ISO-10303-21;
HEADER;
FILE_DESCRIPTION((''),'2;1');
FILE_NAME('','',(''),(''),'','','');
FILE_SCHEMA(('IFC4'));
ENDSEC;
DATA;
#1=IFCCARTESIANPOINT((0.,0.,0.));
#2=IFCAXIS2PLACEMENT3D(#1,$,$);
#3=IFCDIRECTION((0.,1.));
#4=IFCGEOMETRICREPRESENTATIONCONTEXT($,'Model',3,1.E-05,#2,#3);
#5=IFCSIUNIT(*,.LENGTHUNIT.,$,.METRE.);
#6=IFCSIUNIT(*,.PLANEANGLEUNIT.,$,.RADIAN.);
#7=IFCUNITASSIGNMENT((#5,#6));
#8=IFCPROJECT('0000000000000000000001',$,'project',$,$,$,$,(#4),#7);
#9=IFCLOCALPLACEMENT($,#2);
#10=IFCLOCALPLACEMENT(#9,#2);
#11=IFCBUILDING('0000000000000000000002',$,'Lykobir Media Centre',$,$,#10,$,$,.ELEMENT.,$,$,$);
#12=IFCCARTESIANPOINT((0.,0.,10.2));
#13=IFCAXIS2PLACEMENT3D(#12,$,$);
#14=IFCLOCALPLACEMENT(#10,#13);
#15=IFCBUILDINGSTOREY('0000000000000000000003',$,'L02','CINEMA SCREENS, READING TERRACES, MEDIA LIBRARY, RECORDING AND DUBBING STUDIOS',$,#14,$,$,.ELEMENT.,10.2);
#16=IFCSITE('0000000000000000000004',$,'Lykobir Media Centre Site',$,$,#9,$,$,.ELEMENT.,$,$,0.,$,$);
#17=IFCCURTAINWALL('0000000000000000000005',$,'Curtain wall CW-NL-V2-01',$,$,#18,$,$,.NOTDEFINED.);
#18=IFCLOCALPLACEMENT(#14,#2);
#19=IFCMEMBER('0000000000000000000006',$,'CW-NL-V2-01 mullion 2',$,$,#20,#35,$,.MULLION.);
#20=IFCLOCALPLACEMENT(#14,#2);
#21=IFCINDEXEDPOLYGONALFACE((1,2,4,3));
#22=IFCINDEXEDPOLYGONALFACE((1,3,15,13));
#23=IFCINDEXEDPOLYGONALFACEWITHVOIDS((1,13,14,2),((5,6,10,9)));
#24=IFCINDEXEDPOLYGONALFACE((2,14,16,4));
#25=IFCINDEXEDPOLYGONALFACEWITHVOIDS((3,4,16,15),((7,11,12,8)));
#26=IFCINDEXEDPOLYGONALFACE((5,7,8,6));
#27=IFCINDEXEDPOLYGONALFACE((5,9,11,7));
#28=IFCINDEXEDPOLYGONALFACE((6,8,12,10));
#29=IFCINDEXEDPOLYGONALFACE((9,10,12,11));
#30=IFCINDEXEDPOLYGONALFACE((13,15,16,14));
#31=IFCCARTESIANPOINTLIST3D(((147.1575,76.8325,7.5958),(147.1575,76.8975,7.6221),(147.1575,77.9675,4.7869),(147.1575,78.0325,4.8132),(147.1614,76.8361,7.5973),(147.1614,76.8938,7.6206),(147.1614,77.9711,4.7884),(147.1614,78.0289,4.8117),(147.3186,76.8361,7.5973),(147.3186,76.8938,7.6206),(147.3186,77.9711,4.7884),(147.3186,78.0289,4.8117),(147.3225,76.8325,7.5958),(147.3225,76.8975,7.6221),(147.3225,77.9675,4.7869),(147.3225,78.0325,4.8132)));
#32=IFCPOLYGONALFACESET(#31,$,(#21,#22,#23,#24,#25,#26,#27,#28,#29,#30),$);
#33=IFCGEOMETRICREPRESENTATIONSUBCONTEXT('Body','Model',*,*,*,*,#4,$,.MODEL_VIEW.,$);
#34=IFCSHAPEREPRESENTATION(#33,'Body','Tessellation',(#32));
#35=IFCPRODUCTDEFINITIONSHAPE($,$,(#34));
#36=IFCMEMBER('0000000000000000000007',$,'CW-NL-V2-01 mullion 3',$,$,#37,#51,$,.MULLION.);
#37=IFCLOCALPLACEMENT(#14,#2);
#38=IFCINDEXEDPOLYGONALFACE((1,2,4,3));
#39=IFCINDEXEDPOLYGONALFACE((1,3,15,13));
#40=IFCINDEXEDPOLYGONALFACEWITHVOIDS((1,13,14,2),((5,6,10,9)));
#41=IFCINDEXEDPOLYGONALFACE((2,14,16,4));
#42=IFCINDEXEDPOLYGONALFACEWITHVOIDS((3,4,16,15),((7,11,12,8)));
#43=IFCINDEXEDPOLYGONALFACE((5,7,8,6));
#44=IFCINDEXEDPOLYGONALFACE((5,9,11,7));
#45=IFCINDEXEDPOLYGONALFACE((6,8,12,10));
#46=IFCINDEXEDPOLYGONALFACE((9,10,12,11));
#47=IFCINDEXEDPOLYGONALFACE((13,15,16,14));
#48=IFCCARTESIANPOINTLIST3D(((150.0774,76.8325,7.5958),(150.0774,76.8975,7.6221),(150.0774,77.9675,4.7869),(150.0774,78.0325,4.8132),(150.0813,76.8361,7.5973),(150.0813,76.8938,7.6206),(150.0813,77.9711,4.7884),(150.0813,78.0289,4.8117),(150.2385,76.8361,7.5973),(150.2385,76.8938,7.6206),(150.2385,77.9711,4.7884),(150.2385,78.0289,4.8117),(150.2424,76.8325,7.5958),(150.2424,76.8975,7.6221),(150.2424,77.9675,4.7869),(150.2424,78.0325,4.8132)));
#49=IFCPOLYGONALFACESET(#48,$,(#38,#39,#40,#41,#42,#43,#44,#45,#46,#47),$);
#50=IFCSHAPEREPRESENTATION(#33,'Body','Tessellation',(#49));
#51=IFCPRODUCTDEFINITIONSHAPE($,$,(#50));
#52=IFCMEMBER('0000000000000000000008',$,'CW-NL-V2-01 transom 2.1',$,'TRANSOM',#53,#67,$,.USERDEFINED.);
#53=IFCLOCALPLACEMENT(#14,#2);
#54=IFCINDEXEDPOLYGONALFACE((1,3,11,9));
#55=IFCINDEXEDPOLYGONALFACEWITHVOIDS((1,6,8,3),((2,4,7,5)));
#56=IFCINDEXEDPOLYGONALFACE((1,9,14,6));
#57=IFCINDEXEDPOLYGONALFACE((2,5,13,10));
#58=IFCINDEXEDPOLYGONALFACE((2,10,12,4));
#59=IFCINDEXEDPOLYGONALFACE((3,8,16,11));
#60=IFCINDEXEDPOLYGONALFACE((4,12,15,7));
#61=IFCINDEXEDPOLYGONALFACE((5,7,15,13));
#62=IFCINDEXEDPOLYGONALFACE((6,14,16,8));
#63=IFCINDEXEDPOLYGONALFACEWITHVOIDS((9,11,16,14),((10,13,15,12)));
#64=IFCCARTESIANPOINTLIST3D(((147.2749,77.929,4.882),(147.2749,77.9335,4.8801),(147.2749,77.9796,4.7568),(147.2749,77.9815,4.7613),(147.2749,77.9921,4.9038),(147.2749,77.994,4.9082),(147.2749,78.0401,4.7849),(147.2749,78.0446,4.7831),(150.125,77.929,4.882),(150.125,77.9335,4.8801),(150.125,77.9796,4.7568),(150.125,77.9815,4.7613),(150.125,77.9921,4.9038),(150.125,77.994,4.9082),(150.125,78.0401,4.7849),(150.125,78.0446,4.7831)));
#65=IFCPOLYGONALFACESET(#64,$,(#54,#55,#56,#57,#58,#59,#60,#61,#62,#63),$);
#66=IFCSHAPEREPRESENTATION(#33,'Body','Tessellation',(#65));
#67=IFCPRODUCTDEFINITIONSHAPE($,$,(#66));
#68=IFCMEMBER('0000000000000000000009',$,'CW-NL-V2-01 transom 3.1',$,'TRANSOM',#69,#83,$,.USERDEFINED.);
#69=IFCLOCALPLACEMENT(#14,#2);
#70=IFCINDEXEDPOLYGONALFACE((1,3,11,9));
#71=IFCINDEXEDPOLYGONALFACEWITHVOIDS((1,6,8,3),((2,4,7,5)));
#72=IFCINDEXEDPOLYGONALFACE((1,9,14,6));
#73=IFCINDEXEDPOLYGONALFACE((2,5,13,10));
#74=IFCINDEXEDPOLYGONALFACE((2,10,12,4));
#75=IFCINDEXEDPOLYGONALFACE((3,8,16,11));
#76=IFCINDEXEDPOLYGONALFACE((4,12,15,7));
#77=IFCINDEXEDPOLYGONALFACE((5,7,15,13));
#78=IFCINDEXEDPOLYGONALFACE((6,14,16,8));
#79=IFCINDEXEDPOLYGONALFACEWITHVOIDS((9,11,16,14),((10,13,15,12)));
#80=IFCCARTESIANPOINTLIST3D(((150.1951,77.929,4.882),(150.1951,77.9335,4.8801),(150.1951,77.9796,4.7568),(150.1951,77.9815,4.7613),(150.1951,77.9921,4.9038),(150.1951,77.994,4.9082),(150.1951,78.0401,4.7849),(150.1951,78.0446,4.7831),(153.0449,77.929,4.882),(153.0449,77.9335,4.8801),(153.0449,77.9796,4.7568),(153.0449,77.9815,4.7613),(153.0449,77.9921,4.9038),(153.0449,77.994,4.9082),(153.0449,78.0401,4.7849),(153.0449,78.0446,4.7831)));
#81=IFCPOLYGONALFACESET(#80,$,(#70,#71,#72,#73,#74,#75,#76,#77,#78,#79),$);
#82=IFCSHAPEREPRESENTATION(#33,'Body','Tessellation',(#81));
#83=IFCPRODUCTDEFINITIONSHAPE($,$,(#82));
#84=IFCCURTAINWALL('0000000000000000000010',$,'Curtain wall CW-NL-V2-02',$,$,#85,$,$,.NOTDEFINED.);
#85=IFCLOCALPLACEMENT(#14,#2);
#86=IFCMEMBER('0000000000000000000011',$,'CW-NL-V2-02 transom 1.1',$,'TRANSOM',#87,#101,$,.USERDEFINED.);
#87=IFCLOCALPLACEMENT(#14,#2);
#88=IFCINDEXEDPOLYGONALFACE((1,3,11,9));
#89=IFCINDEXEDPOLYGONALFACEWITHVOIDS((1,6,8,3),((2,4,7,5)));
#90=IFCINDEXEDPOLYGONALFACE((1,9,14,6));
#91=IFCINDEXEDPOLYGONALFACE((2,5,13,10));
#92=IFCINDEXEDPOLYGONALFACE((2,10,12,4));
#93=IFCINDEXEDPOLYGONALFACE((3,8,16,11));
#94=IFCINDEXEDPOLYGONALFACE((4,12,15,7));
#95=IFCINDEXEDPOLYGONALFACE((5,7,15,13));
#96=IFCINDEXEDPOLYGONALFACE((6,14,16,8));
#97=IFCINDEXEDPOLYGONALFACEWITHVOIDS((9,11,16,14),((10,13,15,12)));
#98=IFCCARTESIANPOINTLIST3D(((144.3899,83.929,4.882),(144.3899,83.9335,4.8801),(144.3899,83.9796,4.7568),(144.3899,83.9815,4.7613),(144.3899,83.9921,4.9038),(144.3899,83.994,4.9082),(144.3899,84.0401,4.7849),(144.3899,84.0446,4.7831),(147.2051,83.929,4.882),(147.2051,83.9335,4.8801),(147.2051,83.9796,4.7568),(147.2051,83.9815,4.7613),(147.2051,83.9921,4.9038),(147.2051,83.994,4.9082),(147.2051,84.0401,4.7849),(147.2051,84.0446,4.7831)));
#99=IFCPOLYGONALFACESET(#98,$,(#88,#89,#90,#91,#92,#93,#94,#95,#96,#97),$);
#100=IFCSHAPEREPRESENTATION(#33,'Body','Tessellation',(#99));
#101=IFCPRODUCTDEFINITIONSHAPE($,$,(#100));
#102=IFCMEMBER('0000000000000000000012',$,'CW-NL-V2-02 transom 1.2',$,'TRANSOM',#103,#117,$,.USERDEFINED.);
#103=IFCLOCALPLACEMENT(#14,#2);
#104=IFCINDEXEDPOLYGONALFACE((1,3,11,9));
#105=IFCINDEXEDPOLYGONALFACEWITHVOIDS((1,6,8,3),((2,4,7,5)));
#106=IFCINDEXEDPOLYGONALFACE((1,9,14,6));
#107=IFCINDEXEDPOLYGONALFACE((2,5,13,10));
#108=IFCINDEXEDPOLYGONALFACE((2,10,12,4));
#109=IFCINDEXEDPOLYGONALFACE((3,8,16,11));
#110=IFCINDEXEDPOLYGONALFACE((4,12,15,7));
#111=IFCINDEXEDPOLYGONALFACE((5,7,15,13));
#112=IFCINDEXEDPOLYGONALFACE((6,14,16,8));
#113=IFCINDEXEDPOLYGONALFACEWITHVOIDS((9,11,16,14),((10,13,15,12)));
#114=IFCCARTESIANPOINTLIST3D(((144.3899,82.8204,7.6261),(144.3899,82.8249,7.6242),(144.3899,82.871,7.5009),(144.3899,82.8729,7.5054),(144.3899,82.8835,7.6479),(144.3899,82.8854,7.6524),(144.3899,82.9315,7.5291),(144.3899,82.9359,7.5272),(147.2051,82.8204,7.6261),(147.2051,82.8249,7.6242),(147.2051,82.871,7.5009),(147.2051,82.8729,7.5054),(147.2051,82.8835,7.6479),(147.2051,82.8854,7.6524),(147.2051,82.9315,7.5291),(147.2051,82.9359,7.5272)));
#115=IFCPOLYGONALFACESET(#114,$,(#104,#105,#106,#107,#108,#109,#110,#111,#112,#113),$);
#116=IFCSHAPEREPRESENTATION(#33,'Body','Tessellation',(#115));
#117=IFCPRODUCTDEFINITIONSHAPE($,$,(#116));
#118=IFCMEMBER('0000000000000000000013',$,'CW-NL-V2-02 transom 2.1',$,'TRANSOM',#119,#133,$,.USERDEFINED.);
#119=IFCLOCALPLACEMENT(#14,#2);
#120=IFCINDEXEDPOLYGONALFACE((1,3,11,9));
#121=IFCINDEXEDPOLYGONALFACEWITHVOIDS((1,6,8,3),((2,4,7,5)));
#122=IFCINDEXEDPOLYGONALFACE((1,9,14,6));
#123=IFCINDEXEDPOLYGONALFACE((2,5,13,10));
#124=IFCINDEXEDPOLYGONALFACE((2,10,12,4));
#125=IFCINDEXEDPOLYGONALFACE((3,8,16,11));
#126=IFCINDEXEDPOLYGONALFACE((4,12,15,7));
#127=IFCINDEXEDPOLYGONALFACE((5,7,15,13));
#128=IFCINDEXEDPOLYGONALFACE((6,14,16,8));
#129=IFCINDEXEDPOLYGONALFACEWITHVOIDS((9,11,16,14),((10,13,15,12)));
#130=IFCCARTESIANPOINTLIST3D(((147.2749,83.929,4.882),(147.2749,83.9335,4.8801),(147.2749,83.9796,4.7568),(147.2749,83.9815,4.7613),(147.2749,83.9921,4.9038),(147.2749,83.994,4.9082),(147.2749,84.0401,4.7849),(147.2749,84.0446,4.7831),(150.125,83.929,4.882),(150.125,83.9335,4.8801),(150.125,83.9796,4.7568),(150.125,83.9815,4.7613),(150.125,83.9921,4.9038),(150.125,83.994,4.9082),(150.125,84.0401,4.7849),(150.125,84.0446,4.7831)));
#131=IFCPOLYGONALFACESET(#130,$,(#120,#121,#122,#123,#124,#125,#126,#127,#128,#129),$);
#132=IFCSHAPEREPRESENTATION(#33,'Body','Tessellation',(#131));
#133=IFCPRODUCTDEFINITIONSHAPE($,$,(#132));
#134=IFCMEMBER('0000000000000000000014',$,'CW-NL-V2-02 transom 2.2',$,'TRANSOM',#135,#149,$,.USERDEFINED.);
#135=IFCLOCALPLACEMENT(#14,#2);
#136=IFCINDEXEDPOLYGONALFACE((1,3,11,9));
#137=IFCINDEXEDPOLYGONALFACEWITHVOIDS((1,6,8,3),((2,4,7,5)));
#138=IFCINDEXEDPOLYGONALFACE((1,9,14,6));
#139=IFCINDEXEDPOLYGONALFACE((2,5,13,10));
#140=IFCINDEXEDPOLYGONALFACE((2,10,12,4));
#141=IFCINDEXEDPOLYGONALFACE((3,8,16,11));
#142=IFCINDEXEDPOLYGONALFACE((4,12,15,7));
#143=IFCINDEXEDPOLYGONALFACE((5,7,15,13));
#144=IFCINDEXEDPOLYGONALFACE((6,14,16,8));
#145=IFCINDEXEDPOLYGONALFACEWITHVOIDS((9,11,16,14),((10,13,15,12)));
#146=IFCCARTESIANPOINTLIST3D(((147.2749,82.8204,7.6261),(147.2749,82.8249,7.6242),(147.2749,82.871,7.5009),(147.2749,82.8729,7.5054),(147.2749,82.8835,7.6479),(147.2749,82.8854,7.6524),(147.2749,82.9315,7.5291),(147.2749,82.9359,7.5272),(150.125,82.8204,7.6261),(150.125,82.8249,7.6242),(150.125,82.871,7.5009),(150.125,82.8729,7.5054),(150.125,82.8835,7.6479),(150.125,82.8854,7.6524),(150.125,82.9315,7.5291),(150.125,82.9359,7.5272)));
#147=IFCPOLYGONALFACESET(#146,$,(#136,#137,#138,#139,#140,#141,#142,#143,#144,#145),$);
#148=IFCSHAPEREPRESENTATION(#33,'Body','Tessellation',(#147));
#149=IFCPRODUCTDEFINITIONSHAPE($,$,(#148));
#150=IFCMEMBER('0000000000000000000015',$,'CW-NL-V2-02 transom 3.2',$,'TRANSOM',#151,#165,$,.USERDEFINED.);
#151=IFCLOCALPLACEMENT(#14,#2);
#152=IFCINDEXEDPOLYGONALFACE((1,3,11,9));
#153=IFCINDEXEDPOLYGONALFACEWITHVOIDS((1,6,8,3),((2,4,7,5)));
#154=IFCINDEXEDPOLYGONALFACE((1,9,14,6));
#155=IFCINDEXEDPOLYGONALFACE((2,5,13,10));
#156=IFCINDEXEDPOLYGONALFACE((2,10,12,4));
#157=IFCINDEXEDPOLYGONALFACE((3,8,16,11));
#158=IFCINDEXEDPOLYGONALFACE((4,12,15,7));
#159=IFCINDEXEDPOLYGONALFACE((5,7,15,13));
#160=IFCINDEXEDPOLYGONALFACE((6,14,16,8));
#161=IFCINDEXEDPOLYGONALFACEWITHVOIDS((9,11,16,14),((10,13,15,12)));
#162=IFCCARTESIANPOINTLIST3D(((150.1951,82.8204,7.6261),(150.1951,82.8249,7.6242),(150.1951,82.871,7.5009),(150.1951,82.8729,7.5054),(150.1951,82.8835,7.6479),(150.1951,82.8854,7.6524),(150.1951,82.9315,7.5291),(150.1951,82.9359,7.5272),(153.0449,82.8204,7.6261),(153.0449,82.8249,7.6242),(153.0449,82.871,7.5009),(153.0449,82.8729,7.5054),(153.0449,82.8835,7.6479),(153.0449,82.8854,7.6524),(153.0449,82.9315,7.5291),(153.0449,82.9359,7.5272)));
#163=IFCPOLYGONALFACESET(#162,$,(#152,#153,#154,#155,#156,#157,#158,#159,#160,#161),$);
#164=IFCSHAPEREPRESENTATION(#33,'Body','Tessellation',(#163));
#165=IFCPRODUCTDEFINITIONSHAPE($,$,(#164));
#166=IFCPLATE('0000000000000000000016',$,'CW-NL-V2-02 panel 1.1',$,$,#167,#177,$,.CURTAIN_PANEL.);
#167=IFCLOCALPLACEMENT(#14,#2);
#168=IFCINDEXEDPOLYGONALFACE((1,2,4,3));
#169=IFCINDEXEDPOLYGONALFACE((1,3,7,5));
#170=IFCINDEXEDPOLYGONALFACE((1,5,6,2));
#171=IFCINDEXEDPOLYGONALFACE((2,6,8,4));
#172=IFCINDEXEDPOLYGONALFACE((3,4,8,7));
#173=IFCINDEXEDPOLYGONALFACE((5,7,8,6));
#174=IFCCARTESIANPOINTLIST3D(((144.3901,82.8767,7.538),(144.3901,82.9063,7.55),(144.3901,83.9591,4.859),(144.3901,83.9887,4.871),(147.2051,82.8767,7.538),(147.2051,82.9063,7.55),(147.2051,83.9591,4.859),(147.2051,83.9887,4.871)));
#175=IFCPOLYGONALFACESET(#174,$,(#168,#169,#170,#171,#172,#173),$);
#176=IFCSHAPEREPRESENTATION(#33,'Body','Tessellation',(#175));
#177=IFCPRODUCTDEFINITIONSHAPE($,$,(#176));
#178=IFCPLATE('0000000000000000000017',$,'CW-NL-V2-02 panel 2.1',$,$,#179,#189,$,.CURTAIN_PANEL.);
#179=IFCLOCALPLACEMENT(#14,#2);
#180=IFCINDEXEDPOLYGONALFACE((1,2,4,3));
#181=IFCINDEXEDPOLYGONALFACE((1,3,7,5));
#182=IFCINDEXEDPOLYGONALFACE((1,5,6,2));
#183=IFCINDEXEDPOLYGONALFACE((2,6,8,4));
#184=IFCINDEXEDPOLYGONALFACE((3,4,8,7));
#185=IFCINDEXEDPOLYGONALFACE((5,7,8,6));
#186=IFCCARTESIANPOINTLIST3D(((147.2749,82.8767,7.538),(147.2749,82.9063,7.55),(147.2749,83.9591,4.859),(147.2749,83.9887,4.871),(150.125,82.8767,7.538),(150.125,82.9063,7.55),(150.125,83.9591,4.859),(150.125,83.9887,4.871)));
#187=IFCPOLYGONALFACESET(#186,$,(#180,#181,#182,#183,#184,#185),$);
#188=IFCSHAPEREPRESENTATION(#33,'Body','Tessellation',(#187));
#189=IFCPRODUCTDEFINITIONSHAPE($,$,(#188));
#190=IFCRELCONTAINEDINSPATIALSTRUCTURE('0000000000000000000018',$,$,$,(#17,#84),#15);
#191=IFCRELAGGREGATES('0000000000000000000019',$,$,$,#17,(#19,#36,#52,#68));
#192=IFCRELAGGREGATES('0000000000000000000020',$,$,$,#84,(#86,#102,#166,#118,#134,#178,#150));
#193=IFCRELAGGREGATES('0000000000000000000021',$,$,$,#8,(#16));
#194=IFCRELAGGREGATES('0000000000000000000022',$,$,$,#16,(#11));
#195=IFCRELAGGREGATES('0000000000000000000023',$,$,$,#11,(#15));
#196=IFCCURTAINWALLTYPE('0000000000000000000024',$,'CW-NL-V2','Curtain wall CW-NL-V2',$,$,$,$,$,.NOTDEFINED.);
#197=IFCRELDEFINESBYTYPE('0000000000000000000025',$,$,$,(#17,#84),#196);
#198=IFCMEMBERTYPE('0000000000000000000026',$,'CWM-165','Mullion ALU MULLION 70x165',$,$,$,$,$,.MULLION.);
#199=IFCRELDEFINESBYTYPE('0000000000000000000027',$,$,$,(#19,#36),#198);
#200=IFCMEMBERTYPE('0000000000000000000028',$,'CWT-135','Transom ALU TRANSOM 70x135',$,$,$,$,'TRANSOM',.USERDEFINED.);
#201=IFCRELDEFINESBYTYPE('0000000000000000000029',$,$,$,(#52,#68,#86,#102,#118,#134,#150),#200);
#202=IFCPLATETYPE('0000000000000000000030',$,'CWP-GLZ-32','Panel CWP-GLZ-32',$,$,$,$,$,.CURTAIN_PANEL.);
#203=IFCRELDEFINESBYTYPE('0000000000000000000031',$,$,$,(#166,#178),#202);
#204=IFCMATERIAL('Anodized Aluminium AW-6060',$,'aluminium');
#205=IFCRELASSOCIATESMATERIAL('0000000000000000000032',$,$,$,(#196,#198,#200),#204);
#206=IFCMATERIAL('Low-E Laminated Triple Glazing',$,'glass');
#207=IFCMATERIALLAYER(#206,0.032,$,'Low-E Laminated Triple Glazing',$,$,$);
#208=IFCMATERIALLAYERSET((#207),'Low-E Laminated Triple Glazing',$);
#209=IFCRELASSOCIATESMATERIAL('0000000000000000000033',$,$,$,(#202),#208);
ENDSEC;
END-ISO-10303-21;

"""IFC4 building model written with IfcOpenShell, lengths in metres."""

from ifc_helpers import new_model, si_unit, direction, frame, origin, origin_2d, place, context, subcontext, project, spatial, rectangle, hollow_rectangle, extrude, material, layer, layer_set, material_profile, profile_set, type_object, element, aggregate, save


model = new_model("IFC4")

# Units and contexts
model_context = context("Model", 3, precision=1e-05, world=origin(), true_north=direction((0.0, 1.0)))
body_context = subcontext(model_context, "Body", "Model", "MODEL_VIEW")
ifc_project = project(units=[si_unit("LENGTHUNIT", "METRE"), si_unit("PLANEANGLEUNIT", "RADIAN")], contexts=[model_context])

# Site, building, storey
site_placement = place(None, origin())
site = spatial("IfcSite", under=ifc_project, at=site_placement, Name="Lykobir Media Centre Site", CompositionType="ELEMENT", RefElevation=0.0)
building_placement = place(site_placement, origin())
building = spatial("IfcBuilding", under=site, at=building_placement, Name="Lykobir Media Centre", CompositionType="ELEMENT")
storey_placement = place(building_placement, frame((0.0, 0.0, 10.2)))
storey = spatial("IfcBuildingStorey", under=building, at=storey_placement, Name="L02", Description="CINEMA SCREENS, READING TERRACES, MEDIA LIBRARY, RECORDING AND DUBBING STUDIOS", CompositionType="ELEMENT", Elevation=10.2)

# Curtain wall, members
ifc_material_1 = material(Name="Anodized Aluminium AW-6060", Category="aluminium")
curtain_wall_type = type_object("IfcCurtainWallType", Name="CW-NL-V2", Description="Curtain wall CW-NL-V2", PredefinedType="NOTDEFINED", material=ifc_material_1)
curtain_wall_1_placement = place(storey_placement, origin())
curtain_wall_1 = element("IfcCurtainWall", 1, at=curtain_wall_1_placement, inside=storey, type_object=curtain_wall_type, Name="Curtain wall CW-NL-V2-01", PredefinedType="NOTDEFINED")
ifc_material_profile_1 = material_profile(ifc_material_1, hollow_rectangle(XDim=0.0701, YDim=0.165, WallThickness=0.0039, at=origin_2d()), Name="ALU MULLION 70x165")
ifc_profile_set_1 = profile_set([ifc_material_profile_1], Name="Anodized Aluminium AW-6060")
member_type_1 = type_object("IfcMemberType", Name="CWM-165", Description="Mullion ALU MULLION 70x165", PredefinedType="MULLION", material=ifc_profile_set_1)
member_1_placement = place(storey_placement, frame((147.24, 78.0, 4.8), z_axis=(0.0, -0.374654, 0.927165), x_axis=(0.0, 0.927165, 0.374654)))
member_1 = element("IfcMember", 2, at=member_1_placement, type_object=member_type_1, Name="CW-NL-V2-01 mullion 2", PredefinedType="MULLION", context=body_context, shape_type="SweptSolid", body=[
    extrude(hollow_rectangle(XDim=0.0701, YDim=0.165, WallThickness=0.0039, at=origin_2d()), origin(), (0.0, 0.0, 1.0), 3.0295),
])
member_2_placement = place(storey_placement, frame((150.1599, 78.0, 4.8), z_axis=(0.0, -0.374654, 0.927165), x_axis=(0.0, 0.927165, 0.374654)))
member_2 = element("IfcMember", 3, at=member_2_placement, type_object=member_type_1, Name="CW-NL-V2-01 mullion 3", PredefinedType="MULLION", context=body_context, shape_type="SweptSolid", body=[
    extrude(hollow_rectangle(XDim=0.0701, YDim=0.165, WallThickness=0.0039, at=origin_2d()), origin(), (0.0, 0.0, 1.0), 3.0295),
])
ifc_material_profile_2 = material_profile(ifc_material_1, hollow_rectangle(XDim=0.0701, YDim=0.135, WallThickness=0.0034, at=origin_2d()), Name="ALU TRANSOM 70x135")
ifc_profile_set_2 = profile_set([ifc_material_profile_2], Name="Anodized Aluminium AW-6060")
member_type_2 = type_object("IfcMemberType", Name="CWT-135", Description="Transom ALU TRANSOM 70x135", ElementType="TRANSOM", PredefinedType="USERDEFINED", material=ifc_profile_set_2)
member_3_placement = place(storey_placement, frame((147.2749, 77.9868, 4.8325), z_axis=(1.0, 0.0, 0.0), x_axis=(0.0, 0.927184, 0.374607)))
member_3 = element("IfcMember", 4, at=member_3_placement, type_object=member_type_2, Name="CW-NL-V2-01 transom 2.1", ObjectType="TRANSOM", PredefinedType="USERDEFINED", context=body_context, shape_type="SweptSolid", body=[
    extrude(hollow_rectangle(XDim=0.0701, YDim=0.135, WallThickness=0.0034, at=origin_2d()), origin(), (0.0, 0.0, 1.0), 2.8501),
])
member_4_placement = place(storey_placement, frame((150.1951, 77.9868, 4.8325), z_axis=(1.0, 0.0, 0.0), x_axis=(0.0, 0.927184, 0.374607)))
member_4 = element("IfcMember", 5, at=member_4_placement, type_object=member_type_2, Name="CW-NL-V2-01 transom 3.1", ObjectType="TRANSOM", PredefinedType="USERDEFINED", context=body_context, shape_type="SweptSolid", body=[
    extrude(hollow_rectangle(XDim=0.0701, YDim=0.135, WallThickness=0.0034, at=origin_2d()), origin(), (0.0, 0.0, 1.0), 2.8499),
])
aggregate(curtain_wall_1, [member_1, member_2, member_3, member_4])

# Curtain wall, members, plates
curtain_wall_2_placement = place(storey_placement, origin())
curtain_wall_2 = element("IfcCurtainWall", 6, at=curtain_wall_2_placement, inside=storey, type_object=curtain_wall_type, Name="Curtain wall CW-NL-V2-02", PredefinedType="NOTDEFINED")
member_5_placement = place(storey_placement, frame((144.3899, 83.9868, 4.8325), z_axis=(1.0, 0.0, 0.0), x_axis=(0.0, 0.927184, 0.374607)))
member_5 = element("IfcMember", 7, at=member_5_placement, type_object=member_type_2, Name="CW-NL-V2-02 transom 1.1", ObjectType="TRANSOM", PredefinedType="USERDEFINED", context=body_context, shape_type="SweptSolid", body=[
    extrude(hollow_rectangle(XDim=0.0701, YDim=0.135, WallThickness=0.0034, at=origin_2d()), origin(), (0.0, 0.0, 1.0), 2.8152),
])
member_6_placement = place(storey_placement, frame((144.3899, 82.8782, 7.5767), z_axis=(1.0, 0.0, 0.0), x_axis=(0.0, 0.927184, 0.374607)))
member_6 = element("IfcMember", 8, at=member_6_placement, type_object=member_type_2, Name="CW-NL-V2-02 transom 1.2", ObjectType="TRANSOM", PredefinedType="USERDEFINED", context=body_context, shape_type="SweptSolid", body=[
    extrude(hollow_rectangle(XDim=0.0701, YDim=0.135, WallThickness=0.0034, at=origin_2d()), origin(), (0.0, 0.0, 1.0), 2.8152),
])
member_7_placement = place(storey_placement, frame((147.2749, 83.9868, 4.8325), z_axis=(1.0, 0.0, 0.0), x_axis=(0.0, 0.927184, 0.374607)))
member_7 = element("IfcMember", 9, at=member_7_placement, type_object=member_type_2, Name="CW-NL-V2-02 transom 2.1", ObjectType="TRANSOM", PredefinedType="USERDEFINED", context=body_context, shape_type="SweptSolid", body=[
    extrude(hollow_rectangle(XDim=0.0701, YDim=0.135, WallThickness=0.0034, at=origin_2d()), origin(), (0.0, 0.0, 1.0), 2.8501),
])
member_8_placement = place(storey_placement, frame((147.2749, 82.8782, 7.5767), z_axis=(1.0, 0.0, 0.0), x_axis=(0.0, 0.927184, 0.374607)))
member_8 = element("IfcMember", 10, at=member_8_placement, type_object=member_type_2, Name="CW-NL-V2-02 transom 2.2", ObjectType="TRANSOM", PredefinedType="USERDEFINED", context=body_context, shape_type="SweptSolid", body=[
    extrude(hollow_rectangle(XDim=0.0701, YDim=0.135, WallThickness=0.0034, at=origin_2d()), origin(), (0.0, 0.0, 1.0), 2.8501),
])
member_9_placement = place(storey_placement, frame((150.1951, 82.8782, 7.5767), z_axis=(1.0, 0.0, 0.0), x_axis=(0.0, 0.927184, 0.374607)))
member_9 = element("IfcMember", 11, at=member_9_placement, type_object=member_type_2, Name="CW-NL-V2-02 transom 3.2", ObjectType="TRANSOM", PredefinedType="USERDEFINED", context=body_context, shape_type="SweptSolid", body=[
    extrude(hollow_rectangle(XDim=0.0701, YDim=0.135, WallThickness=0.0034, at=origin_2d()), origin(), (0.0, 0.0, 1.0), 2.8499),
])
ifc_material_2 = material(Name="Low-E Laminated Triple Glazing", Category="glass")
ifc_layer_1 = layer(ifc_material_2, 0.032, Name="Low-E Laminated Triple Glazing")
ifc_layer_set_1 = layer_set([ifc_layer_1], Name="Low-E Laminated Triple Glazing")
plate_type_1 = type_object("IfcPlateType", Name="CWP-GLZ-32", Description="Panel CWP-GLZ-32", PredefinedType="CURTAIN_PANEL", material=ifc_layer_set_1)
plate_1_placement = place(storey_placement, frame((145.7976, 83.9739, 4.865), z_axis=(0.0, -0.374607, 0.927184), x_axis=(1.0, 0.0, 0.0)))
plate_1 = element("IfcPlate", 12, at=plate_1_placement, type_object=plate_type_1, Name="CW-NL-V2-02 panel 1.1", PredefinedType="CURTAIN_PANEL", context=body_context, shape_type="SweptSolid", body=[
    extrude(rectangle(XDim=2.8149, YDim=0.032, at=origin_2d()), origin(), (0.0, 0.0, 1.0), 2.8894),
])
plate_2_placement = place(storey_placement, frame((148.7, 83.9739, 4.865), z_axis=(0.0, -0.374607, 0.927184), x_axis=(1.0, 0.0, 0.0)))
plate_2 = element("IfcPlate", 13, at=plate_2_placement, type_object=plate_type_1, Name="CW-NL-V2-02 panel 2.1", PredefinedType="CURTAIN_PANEL", context=body_context, shape_type="SweptSolid", body=[
    extrude(rectangle(XDim=2.8501, YDim=0.032, at=origin_2d()), origin(), (0.0, 0.0, 1.0), 2.8894),
])
aggregate(curtain_wall_2, [member_5, member_6, plate_1, member_7, member_8, plate_2, member_9])

save(model, "model.ifc")
